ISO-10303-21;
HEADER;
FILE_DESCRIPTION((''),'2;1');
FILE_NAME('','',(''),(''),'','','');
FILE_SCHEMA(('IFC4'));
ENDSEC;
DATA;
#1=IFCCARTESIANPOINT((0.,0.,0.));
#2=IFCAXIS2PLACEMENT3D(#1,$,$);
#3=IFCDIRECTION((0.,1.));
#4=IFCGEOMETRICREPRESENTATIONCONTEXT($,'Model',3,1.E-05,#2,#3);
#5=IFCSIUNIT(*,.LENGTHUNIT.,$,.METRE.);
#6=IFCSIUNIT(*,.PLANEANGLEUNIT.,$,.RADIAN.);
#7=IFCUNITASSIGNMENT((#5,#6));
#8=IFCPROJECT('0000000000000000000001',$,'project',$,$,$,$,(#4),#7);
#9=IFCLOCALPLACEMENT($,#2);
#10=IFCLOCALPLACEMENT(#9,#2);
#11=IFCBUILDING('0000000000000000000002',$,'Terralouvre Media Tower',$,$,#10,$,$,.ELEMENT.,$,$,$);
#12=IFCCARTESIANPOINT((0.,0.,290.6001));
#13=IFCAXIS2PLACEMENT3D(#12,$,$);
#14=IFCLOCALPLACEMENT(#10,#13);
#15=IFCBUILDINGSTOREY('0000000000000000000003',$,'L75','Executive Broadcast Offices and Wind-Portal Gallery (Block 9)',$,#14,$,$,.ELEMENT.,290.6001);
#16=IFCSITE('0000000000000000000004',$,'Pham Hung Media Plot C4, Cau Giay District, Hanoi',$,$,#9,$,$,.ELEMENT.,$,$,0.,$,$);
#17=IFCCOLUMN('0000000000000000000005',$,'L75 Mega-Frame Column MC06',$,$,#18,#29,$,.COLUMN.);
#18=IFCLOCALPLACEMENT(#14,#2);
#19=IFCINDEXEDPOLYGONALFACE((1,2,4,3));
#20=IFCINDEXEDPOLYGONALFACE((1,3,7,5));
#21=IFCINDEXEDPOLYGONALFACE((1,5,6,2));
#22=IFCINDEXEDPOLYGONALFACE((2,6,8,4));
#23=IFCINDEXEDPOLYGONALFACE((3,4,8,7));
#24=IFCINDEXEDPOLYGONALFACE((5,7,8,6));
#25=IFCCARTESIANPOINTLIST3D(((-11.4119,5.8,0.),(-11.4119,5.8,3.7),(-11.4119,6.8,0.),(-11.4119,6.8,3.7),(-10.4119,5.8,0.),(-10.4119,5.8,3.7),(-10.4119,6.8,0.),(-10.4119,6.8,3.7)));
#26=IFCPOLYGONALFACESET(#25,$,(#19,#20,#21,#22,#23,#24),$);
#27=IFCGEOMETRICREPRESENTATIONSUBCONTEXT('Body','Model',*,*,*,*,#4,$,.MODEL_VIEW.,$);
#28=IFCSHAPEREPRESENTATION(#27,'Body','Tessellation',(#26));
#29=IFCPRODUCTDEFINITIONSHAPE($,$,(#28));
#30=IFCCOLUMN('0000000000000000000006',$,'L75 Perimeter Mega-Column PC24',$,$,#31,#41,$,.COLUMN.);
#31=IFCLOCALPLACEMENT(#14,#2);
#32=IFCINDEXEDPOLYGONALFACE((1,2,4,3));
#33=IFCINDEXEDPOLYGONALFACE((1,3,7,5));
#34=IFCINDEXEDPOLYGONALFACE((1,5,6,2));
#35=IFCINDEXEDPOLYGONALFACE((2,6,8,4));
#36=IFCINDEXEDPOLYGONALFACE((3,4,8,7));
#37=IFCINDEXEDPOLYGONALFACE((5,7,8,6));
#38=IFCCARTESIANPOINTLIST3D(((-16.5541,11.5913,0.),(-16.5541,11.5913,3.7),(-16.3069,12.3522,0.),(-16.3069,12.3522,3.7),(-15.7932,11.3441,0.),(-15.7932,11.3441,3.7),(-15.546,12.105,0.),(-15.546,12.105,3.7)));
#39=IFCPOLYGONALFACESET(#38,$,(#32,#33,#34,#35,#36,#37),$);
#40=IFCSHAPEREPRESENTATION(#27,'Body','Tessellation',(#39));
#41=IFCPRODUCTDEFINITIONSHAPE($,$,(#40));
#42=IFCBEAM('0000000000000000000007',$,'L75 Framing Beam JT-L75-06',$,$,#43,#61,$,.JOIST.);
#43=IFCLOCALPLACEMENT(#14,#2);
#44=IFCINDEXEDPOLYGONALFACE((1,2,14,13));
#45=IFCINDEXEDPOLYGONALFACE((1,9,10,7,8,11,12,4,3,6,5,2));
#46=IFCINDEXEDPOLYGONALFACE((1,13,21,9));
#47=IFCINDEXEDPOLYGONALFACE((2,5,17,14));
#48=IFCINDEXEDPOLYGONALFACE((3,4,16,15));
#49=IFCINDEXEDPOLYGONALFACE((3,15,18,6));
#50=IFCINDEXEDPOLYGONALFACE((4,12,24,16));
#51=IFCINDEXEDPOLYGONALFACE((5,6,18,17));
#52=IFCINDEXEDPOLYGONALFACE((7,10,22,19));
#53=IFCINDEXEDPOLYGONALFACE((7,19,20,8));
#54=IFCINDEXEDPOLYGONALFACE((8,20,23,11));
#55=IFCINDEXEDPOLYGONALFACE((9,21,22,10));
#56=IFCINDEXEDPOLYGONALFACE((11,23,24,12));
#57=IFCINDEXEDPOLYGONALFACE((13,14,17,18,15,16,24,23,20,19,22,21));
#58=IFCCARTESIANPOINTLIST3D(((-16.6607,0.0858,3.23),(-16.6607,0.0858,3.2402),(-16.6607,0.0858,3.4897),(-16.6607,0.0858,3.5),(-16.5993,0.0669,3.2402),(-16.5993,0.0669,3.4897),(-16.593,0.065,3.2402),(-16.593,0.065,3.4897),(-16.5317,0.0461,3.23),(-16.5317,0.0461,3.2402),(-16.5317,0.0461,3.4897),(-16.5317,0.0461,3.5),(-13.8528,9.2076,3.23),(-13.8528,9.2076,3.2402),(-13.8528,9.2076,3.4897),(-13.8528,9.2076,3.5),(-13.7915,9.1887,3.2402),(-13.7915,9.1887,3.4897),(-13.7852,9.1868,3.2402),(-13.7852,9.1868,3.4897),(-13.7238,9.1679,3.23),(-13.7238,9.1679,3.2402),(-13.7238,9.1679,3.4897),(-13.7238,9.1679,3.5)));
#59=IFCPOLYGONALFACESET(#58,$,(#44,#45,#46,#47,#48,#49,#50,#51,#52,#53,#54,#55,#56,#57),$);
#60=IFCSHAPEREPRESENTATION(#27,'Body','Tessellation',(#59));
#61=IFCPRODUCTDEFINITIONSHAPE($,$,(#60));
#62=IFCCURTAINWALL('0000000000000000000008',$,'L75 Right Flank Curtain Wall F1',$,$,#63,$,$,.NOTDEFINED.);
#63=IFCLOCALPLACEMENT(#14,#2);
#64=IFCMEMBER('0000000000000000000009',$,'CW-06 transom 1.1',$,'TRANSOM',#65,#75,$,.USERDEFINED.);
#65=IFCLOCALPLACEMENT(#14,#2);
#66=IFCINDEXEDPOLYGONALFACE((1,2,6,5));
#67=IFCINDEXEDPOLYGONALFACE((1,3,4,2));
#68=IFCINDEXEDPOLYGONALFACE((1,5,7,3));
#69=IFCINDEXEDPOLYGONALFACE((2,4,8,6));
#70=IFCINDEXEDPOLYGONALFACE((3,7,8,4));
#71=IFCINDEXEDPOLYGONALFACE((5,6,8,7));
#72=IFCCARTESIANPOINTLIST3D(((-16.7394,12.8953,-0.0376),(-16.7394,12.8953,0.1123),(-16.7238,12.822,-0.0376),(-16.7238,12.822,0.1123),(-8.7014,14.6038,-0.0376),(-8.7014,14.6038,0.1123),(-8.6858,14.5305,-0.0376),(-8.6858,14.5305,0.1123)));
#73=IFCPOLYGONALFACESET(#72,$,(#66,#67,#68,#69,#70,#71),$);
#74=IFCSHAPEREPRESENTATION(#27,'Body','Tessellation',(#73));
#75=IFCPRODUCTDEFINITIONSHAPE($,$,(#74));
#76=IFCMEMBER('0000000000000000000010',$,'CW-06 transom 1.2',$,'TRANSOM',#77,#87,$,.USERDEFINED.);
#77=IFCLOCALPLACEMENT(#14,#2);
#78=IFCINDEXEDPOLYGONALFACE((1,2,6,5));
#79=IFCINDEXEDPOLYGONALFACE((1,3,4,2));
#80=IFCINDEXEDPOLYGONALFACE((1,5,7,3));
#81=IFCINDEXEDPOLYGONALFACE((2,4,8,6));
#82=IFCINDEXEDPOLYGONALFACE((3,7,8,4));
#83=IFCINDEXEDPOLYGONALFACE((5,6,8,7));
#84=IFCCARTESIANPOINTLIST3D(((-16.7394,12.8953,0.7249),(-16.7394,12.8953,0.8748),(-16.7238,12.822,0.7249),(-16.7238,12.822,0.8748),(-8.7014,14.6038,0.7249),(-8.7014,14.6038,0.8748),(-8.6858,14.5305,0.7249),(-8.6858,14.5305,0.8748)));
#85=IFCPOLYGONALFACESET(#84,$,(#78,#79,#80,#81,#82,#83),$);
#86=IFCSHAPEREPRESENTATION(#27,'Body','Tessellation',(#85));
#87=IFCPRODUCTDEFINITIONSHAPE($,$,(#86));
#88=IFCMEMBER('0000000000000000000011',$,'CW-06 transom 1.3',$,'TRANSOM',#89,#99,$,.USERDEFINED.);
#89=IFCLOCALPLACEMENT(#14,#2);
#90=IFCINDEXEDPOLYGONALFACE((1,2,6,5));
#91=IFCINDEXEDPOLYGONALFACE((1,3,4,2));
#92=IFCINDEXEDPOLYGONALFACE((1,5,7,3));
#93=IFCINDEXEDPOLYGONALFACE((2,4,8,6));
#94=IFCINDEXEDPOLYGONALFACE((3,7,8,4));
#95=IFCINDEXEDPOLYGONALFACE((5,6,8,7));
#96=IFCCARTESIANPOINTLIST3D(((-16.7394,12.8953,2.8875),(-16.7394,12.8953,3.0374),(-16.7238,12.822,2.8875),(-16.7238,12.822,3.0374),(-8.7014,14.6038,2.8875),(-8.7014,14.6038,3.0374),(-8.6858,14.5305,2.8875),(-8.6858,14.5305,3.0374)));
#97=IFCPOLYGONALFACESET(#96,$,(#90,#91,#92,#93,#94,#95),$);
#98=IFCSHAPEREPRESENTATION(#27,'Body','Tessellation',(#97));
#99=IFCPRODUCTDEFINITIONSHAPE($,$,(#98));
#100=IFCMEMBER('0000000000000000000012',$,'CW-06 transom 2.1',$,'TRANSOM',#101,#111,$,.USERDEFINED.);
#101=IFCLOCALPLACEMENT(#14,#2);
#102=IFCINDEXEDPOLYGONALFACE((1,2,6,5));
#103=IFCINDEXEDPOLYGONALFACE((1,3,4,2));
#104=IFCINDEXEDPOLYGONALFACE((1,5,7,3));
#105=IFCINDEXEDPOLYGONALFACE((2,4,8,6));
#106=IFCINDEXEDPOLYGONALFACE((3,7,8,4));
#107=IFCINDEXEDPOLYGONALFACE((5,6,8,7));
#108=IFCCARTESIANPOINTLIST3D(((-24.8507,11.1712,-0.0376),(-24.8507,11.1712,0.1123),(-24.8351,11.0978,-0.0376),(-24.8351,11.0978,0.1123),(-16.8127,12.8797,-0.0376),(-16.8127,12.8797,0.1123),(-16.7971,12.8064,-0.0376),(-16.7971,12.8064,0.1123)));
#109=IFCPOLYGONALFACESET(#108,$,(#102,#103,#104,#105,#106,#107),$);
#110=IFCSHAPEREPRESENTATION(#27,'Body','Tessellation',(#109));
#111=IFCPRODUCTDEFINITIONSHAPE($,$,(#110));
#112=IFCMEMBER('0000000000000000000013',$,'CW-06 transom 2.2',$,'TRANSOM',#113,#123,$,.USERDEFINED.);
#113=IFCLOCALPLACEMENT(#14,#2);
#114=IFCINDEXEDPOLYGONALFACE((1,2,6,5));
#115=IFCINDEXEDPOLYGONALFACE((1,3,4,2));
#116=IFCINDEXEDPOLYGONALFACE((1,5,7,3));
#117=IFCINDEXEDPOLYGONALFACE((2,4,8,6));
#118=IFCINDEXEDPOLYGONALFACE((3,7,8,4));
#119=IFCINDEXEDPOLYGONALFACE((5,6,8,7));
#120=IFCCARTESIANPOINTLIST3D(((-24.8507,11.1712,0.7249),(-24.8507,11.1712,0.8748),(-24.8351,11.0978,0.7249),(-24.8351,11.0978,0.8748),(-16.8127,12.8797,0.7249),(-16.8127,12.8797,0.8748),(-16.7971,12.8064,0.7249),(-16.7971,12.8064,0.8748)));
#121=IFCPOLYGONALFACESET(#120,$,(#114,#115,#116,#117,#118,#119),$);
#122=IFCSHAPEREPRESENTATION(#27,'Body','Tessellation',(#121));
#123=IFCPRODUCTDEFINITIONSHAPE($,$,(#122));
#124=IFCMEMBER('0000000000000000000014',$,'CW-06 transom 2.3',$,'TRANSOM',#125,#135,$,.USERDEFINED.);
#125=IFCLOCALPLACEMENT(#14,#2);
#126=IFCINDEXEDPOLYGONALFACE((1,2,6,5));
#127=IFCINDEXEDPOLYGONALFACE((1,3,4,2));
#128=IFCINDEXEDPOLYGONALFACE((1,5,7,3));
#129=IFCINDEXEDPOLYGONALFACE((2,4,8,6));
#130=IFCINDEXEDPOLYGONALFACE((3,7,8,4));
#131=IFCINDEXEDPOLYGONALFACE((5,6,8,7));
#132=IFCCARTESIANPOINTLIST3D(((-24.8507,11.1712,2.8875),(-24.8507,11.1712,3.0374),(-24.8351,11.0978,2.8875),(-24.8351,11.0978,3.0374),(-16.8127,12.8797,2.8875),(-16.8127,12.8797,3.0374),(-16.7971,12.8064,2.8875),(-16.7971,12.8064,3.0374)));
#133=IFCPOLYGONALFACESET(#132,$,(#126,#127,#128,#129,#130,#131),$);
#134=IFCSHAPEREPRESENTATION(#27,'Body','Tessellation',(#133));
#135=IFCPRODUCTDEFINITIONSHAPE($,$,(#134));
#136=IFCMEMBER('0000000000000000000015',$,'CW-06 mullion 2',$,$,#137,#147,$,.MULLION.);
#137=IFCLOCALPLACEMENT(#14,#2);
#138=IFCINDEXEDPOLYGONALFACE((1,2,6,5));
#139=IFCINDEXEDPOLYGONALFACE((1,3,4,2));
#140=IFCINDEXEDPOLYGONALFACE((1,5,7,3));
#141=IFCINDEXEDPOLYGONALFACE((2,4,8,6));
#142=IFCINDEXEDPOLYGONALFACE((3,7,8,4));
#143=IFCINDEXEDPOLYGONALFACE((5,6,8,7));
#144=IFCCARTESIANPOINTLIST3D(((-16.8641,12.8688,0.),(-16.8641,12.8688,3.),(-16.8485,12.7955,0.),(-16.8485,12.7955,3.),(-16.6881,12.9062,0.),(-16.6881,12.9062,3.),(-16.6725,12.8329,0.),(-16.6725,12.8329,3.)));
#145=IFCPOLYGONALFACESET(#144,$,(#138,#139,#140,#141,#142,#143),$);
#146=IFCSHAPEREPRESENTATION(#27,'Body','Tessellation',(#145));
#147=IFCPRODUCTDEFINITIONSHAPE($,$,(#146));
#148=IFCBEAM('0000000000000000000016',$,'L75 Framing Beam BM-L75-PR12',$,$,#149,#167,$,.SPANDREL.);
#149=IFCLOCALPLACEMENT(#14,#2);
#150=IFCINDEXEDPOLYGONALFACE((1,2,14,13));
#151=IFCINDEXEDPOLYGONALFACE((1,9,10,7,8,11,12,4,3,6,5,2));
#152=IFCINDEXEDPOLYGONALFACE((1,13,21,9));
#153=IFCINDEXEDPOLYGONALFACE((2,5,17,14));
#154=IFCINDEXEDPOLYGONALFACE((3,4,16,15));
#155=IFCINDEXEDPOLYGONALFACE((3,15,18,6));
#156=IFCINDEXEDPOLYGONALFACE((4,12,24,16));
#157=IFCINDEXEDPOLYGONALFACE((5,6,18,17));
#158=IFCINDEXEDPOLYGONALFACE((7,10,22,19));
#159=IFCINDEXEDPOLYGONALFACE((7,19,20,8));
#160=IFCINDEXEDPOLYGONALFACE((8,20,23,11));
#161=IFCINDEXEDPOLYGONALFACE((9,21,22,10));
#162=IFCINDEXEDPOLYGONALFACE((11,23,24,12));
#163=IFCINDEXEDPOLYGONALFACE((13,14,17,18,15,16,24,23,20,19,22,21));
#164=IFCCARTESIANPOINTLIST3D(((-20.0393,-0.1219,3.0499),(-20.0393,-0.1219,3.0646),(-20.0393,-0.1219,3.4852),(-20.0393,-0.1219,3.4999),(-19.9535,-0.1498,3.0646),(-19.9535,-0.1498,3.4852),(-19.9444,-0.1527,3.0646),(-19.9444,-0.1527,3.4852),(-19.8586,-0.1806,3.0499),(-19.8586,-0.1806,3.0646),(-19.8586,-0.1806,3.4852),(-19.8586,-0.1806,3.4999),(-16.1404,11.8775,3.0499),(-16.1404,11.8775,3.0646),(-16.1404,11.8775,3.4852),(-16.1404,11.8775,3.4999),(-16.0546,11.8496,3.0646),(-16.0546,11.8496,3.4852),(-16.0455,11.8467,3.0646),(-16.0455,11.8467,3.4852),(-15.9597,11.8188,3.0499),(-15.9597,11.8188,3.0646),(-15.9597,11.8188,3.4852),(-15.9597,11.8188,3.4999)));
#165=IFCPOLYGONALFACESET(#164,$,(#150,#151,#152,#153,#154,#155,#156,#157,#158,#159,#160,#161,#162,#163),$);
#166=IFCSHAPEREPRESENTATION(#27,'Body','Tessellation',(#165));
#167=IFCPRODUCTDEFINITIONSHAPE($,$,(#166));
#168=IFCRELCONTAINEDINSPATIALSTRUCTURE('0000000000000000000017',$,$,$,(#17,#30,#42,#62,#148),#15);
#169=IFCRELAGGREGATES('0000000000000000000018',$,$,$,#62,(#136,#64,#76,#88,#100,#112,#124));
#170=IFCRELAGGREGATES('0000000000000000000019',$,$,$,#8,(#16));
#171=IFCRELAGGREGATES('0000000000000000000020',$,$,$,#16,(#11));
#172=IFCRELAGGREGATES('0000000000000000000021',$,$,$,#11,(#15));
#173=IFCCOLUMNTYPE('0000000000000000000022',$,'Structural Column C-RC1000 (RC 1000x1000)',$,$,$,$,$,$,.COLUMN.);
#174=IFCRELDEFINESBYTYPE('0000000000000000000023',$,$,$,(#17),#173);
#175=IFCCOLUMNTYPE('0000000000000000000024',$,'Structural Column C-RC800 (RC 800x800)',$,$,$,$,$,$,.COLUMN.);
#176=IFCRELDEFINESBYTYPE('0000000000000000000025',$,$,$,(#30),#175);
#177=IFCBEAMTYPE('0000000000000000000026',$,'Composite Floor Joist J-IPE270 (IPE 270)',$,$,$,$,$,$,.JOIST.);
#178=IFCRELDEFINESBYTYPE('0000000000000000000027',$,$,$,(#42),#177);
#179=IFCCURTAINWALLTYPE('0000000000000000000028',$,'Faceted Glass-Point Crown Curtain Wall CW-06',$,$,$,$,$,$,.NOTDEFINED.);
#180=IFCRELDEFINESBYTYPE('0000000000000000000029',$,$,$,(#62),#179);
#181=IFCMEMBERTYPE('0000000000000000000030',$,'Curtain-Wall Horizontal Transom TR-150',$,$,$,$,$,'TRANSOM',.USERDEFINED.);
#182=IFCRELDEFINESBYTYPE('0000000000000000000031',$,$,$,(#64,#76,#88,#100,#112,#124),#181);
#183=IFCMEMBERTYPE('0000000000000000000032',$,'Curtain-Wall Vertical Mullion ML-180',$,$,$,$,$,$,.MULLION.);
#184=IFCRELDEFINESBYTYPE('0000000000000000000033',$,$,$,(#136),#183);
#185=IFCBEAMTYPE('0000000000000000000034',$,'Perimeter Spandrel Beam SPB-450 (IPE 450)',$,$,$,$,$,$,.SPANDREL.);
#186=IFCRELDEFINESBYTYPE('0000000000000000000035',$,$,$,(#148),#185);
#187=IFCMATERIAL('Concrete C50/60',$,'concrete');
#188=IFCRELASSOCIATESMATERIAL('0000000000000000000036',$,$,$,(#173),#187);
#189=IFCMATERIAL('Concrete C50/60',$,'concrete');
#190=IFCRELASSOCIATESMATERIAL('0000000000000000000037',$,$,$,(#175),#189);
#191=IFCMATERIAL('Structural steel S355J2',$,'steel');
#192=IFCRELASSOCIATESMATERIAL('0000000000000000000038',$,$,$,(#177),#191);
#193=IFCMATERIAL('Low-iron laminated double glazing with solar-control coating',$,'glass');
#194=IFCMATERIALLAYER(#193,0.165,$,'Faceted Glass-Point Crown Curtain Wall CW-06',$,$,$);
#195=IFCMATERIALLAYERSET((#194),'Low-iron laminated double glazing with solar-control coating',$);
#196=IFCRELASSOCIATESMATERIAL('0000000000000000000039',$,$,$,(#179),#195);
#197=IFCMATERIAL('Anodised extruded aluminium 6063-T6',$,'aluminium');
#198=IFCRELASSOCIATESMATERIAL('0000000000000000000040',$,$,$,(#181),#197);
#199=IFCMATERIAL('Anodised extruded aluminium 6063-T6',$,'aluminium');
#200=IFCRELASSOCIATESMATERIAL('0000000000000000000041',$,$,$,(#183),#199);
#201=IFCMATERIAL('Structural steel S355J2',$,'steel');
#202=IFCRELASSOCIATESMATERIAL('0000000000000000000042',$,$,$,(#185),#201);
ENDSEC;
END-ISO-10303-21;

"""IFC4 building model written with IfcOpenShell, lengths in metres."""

from ifc_helpers import new_model, si_unit, direction, frame, origin, origin_2d, place, context, subcontext, project, spatial, rectangle, i_section, extrude, material, layer, layer_set, material_profile, profile_set, type_object, element, aggregate, save


model = new_model("IFC4")

# Units and contexts
model_context = context("Model", 3, precision=1e-05, world=origin(), true_north=direction((0.0, 1.0)))
body_context = subcontext(model_context, "Body", "Model", "MODEL_VIEW")
ifc_project = project(units=[si_unit("LENGTHUNIT", "METRE"), si_unit("PLANEANGLEUNIT", "RADIAN")], contexts=[model_context])

# Site, building, storey
site_placement = place(None, origin())
site = spatial("IfcSite", under=ifc_project, at=site_placement, Name="Pham Hung Media Plot C4, Cau Giay District, Hanoi", CompositionType="ELEMENT", RefElevation=0.0)
building_placement = place(site_placement, origin())
building = spatial("IfcBuilding", under=site, at=building_placement, Name="Terralouvre Media Tower", CompositionType="ELEMENT")
storey_placement = place(building_placement, frame((0.0, 0.0, 290.6001)))
storey = spatial("IfcBuildingStorey", under=building, at=storey_placement, Name="L75", Description="Executive Broadcast Offices and Wind-Portal Gallery (Block 9)", CompositionType="ELEMENT", Elevation=290.6001)

# Columns
ifc_material_1 = material(Name="Concrete C50/60", Category="concrete")
ifc_material_profile_1 = material_profile(ifc_material_1, rectangle(XDim=1.0, YDim=1.0, at=origin_2d()), Name="RC 1000x1000")
ifc_profile_set_1 = profile_set([ifc_material_profile_1], Name="Concrete C50/60")
column_type_1 = type_object("IfcColumnType", Name="Structural Column C-RC1000 (RC 1000x1000)", PredefinedType="COLUMN", material=ifc_profile_set_1)
column_1_placement = place(storey_placement, frame((-10.9119, 6.3, 0.0), z_axis=(0.0, 0.0, 1.0), x_axis=(1.0, 0.0, 0.0)))
element("IfcColumn", 1, at=column_1_placement, inside=storey, type_object=column_type_1, Name="L75 Mega-Frame Column MC06", PredefinedType="COLUMN", context=body_context, shape_type="SweptSolid", body=[
    extrude(rectangle(XDim=1.0, YDim=1.0, at=origin_2d()), origin(), (0.0, 0.0, 1.0), 3.7),
])
ifc_material_2 = material(Name="Concrete C50/60", Category="concrete")
ifc_material_profile_2 = material_profile(ifc_material_2, rectangle(XDim=0.8, YDim=0.8, at=origin_2d()), Name="RC 800x800")
ifc_profile_set_2 = profile_set([ifc_material_profile_2], Name="Concrete C50/60")
column_type_2 = type_object("IfcColumnType", Name="Structural Column C-RC800 (RC 800x800)", PredefinedType="COLUMN", material=ifc_profile_set_2)
column_2_placement = place(storey_placement, frame((-16.05, 11.8481, 0.0), z_axis=(0.0, 0.0, 1.0), x_axis=(0.309017, 0.951057, 0.0)))
element("IfcColumn", 2, at=column_2_placement, inside=storey, type_object=column_type_2, Name="L75 Perimeter Mega-Column PC24", PredefinedType="COLUMN", context=body_context, shape_type="SweptSolid", body=[
    extrude(rectangle(XDim=0.8, YDim=0.8, at=origin_2d()), origin(), (0.0, 0.0, 1.0), 3.7),
])

# Beam
ifc_material_3 = material(Name="Structural steel S355J2", Category="steel")
ifc_material_profile_3 = material_profile(ifc_material_3, i_section(OverallWidth=0.135, OverallDepth=0.27, WebThickness=0.0066, FlangeThickness=0.0103, at=origin_2d()), Name="IPE 270")
ifc_profile_set_3 = profile_set([ifc_material_profile_3], Name="Structural steel S355J2")
beam_type_1 = type_object("IfcBeamType", Name="Composite Floor Joist J-IPE270 (IPE 270)", PredefinedType="JOIST", material=ifc_profile_set_3)
beam_1_placement = place(storey_placement, frame((-13.7883, 9.1877, 3.365), z_axis=(-0.294195, -0.955745, 0.0), x_axis=(0.955745, -0.294195, 0.0)))
element("IfcBeam", 3, at=beam_1_placement, inside=storey, type_object=beam_type_1, Name="L75 Framing Beam JT-L75-06", PredefinedType="JOIST", context=body_context, shape_type="SweptSolid", body=[
    extrude(i_section(OverallWidth=0.135, OverallDepth=0.27, WebThickness=0.0066, FlangeThickness=0.0103, at=origin_2d()), origin(), (0.0, 0.0, 1.0), 9.5442),
])

# Curtain wall, members
ifc_material_4 = material(Name="Low-iron laminated double glazing with solar-control coating", Category="glass")
ifc_layer_1 = layer(ifc_material_4, 0.165, Name="Faceted Glass-Point Crown Curtain Wall CW-06")
ifc_layer_set_1 = layer_set([ifc_layer_1], Name="Low-iron laminated double glazing with solar-control coating")
curtain_wall_type = type_object("IfcCurtainWallType", Name="Faceted Glass-Point Crown Curtain Wall CW-06", PredefinedType="NOTDEFINED", material=ifc_layer_set_1)
curtain_wall_placement = place(storey_placement, origin())
curtain_wall = element("IfcCurtainWall", 4, at=curtain_wall_placement, inside=storey, type_object=curtain_wall_type, Name="L75 Right Flank Curtain Wall F1", PredefinedType="NOTDEFINED")
ifc_material_5 = material(Name="Anodised extruded aluminium 6063-T6", Category="aluminium")
ifc_material_profile_4 = material_profile(ifc_material_5, rectangle(XDim=0.075, YDim=0.1499, at=origin_2d()), Name="ALU 75x150")
ifc_profile_set_4 = profile_set([ifc_material_profile_4], Name="Anodised extruded aluminium 6063-T6")
member_type_1 = type_object("IfcMemberType", Name="Curtain-Wall Horizontal Transom TR-150", ElementType="TRANSOM", PredefinedType="USERDEFINED", material=ifc_profile_set_4)
member_1_placement = place(storey_placement, frame((-8.6936, 14.5671, 0.0374), z_axis=(-0.978149, -0.207906, 0.0), x_axis=(0.207906, -0.978149, 0.0)))
member_1 = element("IfcMember", 5, at=member_1_placement, type_object=member_type_1, Name="CW-06 transom 1.1", ObjectType="TRANSOM", PredefinedType="USERDEFINED", context=body_context, shape_type="SweptSolid", body=[
    extrude(rectangle(XDim=0.075, YDim=0.1499, at=origin_2d()), origin(), (0.0, 0.0, 1.0), 8.2175),
])
member_2_placement = place(storey_placement, frame((-8.6936, 14.5671, 0.7998), z_axis=(-0.978149, -0.207906, 0.0), x_axis=(0.207906, -0.978149, 0.0)))
member_2 = element("IfcMember", 6, at=member_2_placement, type_object=member_type_1, Name="CW-06 transom 1.2", ObjectType="TRANSOM", PredefinedType="USERDEFINED", context=body_context, shape_type="SweptSolid", body=[
    extrude(rectangle(XDim=0.075, YDim=0.1499, at=origin_2d()), origin(), (0.0, 0.0, 1.0), 8.2175),
])
member_3_placement = place(storey_placement, frame((-8.6936, 14.5671, 2.9624), z_axis=(-0.978149, -0.207906, 0.0), x_axis=(0.207906, -0.978149, 0.0)))
member_3 = element("IfcMember", 7, at=member_3_placement, type_object=member_type_1, Name="CW-06 transom 1.3", ObjectType="TRANSOM", PredefinedType="USERDEFINED", context=body_context, shape_type="SweptSolid", body=[
    extrude(rectangle(XDim=0.075, YDim=0.1499, at=origin_2d()), origin(), (0.0, 0.0, 1.0), 8.2175),
])
member_4_placement = place(storey_placement, frame((-16.8049, 12.843, 0.0374), z_axis=(-0.978148, -0.207912, 0.0), x_axis=(0.207912, -0.978148, 0.0)))
member_4 = element("IfcMember", 8, at=member_4_placement, type_object=member_type_1, Name="CW-06 transom 2.1", ObjectType="TRANSOM", PredefinedType="USERDEFINED", context=body_context, shape_type="SweptSolid", body=[
    extrude(rectangle(XDim=0.075, YDim=0.1499, at=origin_2d()), origin(), (0.0, 0.0, 1.0), 8.2175),
])
member_5_placement = place(storey_placement, frame((-16.8049, 12.843, 0.7998), z_axis=(-0.978148, -0.207912, 0.0), x_axis=(0.207912, -0.978148, 0.0)))
member_5 = element("IfcMember", 9, at=member_5_placement, type_object=member_type_1, Name="CW-06 transom 2.2", ObjectType="TRANSOM", PredefinedType="USERDEFINED", context=body_context, shape_type="SweptSolid", body=[
    extrude(rectangle(XDim=0.075, YDim=0.1499, at=origin_2d()), origin(), (0.0, 0.0, 1.0), 8.2175),
])
member_6_placement = place(storey_placement, frame((-16.8049, 12.843, 2.9624), z_axis=(-0.978148, -0.207912, 0.0), x_axis=(0.207912, -0.978148, 0.0)))
member_6 = element("IfcMember", 10, at=member_6_placement, type_object=member_type_1, Name="CW-06 transom 2.3", ObjectType="TRANSOM", PredefinedType="USERDEFINED", context=body_context, shape_type="SweptSolid", body=[
    extrude(rectangle(XDim=0.075, YDim=0.1499, at=origin_2d()), origin(), (0.0, 0.0, 1.0), 8.2175),
])
ifc_material_6 = material(Name="Anodised extruded aluminium 6063-T6", Category="aluminium")
ifc_material_profile_5 = material_profile(ifc_material_6, rectangle(XDim=0.075, YDim=0.1799, at=origin_2d()), Name="ALU 75x180")
ifc_profile_set_5 = profile_set([ifc_material_profile_5], Name="Anodised extruded aluminium 6063-T6")
member_type_2 = type_object("IfcMemberType", Name="Curtain-Wall Vertical Mullion ML-180", PredefinedType="MULLION", material=ifc_profile_set_5)
member_7_placement = place(storey_placement, frame((-16.7683, 12.8508, 0.0), z_axis=(0.0, 0.0, 1.0), x_axis=(0.207911, -0.978148, 0.0)))
member_7 = element("IfcMember", 11, at=member_7_placement, type_object=member_type_2, Name="CW-06 mullion 2", PredefinedType="MULLION", context=body_context, shape_type="SweptSolid", body=[
    extrude(rectangle(XDim=0.075, YDim=0.1799, at=origin_2d()), origin(), (0.0, 0.0, 1.0), 3.0),
])

# Beam
ifc_material_7 = material(Name="Structural steel S355J2", Category="steel")
ifc_material_profile_6 = material_profile(ifc_material_7, i_section(OverallWidth=0.1899, OverallDepth=0.45, WebThickness=0.0095, FlangeThickness=0.0146, at=origin_2d()), Name="IPE 450")
ifc_profile_set_6 = profile_set([ifc_material_profile_6], Name="Structural steel S355J2")
beam_type_2 = type_object("IfcBeamType", Name="Perimeter Spandrel Beam SPB-450 (IPE 450)", PredefinedType="SPANDREL", material=ifc_profile_set_6)
beam_2_placement = place(storey_placement, frame((-16.05, 11.8481, 3.2749), z_axis=(-0.30902, -0.951055, 0.0), x_axis=(0.951055, -0.30902, 0.0)))
element("IfcBeam", 12, at=beam_2_placement, inside=storey, type_object=beam_type_2, Name="L75 Framing Beam BM-L75-PR12", PredefinedType="SPANDREL", context=body_context, shape_type="SweptSolid", body=[
    extrude(i_section(OverallWidth=0.1899, OverallDepth=0.45, WebThickness=0.0095, FlangeThickness=0.0146, at=origin_2d()), origin(), (0.0, 0.0, 1.0), 12.6169),
])

aggregate(curtain_wall, [member_7, member_1, member_2, member_3, member_4, member_5, member_6])

save(model, "model.ifc")
